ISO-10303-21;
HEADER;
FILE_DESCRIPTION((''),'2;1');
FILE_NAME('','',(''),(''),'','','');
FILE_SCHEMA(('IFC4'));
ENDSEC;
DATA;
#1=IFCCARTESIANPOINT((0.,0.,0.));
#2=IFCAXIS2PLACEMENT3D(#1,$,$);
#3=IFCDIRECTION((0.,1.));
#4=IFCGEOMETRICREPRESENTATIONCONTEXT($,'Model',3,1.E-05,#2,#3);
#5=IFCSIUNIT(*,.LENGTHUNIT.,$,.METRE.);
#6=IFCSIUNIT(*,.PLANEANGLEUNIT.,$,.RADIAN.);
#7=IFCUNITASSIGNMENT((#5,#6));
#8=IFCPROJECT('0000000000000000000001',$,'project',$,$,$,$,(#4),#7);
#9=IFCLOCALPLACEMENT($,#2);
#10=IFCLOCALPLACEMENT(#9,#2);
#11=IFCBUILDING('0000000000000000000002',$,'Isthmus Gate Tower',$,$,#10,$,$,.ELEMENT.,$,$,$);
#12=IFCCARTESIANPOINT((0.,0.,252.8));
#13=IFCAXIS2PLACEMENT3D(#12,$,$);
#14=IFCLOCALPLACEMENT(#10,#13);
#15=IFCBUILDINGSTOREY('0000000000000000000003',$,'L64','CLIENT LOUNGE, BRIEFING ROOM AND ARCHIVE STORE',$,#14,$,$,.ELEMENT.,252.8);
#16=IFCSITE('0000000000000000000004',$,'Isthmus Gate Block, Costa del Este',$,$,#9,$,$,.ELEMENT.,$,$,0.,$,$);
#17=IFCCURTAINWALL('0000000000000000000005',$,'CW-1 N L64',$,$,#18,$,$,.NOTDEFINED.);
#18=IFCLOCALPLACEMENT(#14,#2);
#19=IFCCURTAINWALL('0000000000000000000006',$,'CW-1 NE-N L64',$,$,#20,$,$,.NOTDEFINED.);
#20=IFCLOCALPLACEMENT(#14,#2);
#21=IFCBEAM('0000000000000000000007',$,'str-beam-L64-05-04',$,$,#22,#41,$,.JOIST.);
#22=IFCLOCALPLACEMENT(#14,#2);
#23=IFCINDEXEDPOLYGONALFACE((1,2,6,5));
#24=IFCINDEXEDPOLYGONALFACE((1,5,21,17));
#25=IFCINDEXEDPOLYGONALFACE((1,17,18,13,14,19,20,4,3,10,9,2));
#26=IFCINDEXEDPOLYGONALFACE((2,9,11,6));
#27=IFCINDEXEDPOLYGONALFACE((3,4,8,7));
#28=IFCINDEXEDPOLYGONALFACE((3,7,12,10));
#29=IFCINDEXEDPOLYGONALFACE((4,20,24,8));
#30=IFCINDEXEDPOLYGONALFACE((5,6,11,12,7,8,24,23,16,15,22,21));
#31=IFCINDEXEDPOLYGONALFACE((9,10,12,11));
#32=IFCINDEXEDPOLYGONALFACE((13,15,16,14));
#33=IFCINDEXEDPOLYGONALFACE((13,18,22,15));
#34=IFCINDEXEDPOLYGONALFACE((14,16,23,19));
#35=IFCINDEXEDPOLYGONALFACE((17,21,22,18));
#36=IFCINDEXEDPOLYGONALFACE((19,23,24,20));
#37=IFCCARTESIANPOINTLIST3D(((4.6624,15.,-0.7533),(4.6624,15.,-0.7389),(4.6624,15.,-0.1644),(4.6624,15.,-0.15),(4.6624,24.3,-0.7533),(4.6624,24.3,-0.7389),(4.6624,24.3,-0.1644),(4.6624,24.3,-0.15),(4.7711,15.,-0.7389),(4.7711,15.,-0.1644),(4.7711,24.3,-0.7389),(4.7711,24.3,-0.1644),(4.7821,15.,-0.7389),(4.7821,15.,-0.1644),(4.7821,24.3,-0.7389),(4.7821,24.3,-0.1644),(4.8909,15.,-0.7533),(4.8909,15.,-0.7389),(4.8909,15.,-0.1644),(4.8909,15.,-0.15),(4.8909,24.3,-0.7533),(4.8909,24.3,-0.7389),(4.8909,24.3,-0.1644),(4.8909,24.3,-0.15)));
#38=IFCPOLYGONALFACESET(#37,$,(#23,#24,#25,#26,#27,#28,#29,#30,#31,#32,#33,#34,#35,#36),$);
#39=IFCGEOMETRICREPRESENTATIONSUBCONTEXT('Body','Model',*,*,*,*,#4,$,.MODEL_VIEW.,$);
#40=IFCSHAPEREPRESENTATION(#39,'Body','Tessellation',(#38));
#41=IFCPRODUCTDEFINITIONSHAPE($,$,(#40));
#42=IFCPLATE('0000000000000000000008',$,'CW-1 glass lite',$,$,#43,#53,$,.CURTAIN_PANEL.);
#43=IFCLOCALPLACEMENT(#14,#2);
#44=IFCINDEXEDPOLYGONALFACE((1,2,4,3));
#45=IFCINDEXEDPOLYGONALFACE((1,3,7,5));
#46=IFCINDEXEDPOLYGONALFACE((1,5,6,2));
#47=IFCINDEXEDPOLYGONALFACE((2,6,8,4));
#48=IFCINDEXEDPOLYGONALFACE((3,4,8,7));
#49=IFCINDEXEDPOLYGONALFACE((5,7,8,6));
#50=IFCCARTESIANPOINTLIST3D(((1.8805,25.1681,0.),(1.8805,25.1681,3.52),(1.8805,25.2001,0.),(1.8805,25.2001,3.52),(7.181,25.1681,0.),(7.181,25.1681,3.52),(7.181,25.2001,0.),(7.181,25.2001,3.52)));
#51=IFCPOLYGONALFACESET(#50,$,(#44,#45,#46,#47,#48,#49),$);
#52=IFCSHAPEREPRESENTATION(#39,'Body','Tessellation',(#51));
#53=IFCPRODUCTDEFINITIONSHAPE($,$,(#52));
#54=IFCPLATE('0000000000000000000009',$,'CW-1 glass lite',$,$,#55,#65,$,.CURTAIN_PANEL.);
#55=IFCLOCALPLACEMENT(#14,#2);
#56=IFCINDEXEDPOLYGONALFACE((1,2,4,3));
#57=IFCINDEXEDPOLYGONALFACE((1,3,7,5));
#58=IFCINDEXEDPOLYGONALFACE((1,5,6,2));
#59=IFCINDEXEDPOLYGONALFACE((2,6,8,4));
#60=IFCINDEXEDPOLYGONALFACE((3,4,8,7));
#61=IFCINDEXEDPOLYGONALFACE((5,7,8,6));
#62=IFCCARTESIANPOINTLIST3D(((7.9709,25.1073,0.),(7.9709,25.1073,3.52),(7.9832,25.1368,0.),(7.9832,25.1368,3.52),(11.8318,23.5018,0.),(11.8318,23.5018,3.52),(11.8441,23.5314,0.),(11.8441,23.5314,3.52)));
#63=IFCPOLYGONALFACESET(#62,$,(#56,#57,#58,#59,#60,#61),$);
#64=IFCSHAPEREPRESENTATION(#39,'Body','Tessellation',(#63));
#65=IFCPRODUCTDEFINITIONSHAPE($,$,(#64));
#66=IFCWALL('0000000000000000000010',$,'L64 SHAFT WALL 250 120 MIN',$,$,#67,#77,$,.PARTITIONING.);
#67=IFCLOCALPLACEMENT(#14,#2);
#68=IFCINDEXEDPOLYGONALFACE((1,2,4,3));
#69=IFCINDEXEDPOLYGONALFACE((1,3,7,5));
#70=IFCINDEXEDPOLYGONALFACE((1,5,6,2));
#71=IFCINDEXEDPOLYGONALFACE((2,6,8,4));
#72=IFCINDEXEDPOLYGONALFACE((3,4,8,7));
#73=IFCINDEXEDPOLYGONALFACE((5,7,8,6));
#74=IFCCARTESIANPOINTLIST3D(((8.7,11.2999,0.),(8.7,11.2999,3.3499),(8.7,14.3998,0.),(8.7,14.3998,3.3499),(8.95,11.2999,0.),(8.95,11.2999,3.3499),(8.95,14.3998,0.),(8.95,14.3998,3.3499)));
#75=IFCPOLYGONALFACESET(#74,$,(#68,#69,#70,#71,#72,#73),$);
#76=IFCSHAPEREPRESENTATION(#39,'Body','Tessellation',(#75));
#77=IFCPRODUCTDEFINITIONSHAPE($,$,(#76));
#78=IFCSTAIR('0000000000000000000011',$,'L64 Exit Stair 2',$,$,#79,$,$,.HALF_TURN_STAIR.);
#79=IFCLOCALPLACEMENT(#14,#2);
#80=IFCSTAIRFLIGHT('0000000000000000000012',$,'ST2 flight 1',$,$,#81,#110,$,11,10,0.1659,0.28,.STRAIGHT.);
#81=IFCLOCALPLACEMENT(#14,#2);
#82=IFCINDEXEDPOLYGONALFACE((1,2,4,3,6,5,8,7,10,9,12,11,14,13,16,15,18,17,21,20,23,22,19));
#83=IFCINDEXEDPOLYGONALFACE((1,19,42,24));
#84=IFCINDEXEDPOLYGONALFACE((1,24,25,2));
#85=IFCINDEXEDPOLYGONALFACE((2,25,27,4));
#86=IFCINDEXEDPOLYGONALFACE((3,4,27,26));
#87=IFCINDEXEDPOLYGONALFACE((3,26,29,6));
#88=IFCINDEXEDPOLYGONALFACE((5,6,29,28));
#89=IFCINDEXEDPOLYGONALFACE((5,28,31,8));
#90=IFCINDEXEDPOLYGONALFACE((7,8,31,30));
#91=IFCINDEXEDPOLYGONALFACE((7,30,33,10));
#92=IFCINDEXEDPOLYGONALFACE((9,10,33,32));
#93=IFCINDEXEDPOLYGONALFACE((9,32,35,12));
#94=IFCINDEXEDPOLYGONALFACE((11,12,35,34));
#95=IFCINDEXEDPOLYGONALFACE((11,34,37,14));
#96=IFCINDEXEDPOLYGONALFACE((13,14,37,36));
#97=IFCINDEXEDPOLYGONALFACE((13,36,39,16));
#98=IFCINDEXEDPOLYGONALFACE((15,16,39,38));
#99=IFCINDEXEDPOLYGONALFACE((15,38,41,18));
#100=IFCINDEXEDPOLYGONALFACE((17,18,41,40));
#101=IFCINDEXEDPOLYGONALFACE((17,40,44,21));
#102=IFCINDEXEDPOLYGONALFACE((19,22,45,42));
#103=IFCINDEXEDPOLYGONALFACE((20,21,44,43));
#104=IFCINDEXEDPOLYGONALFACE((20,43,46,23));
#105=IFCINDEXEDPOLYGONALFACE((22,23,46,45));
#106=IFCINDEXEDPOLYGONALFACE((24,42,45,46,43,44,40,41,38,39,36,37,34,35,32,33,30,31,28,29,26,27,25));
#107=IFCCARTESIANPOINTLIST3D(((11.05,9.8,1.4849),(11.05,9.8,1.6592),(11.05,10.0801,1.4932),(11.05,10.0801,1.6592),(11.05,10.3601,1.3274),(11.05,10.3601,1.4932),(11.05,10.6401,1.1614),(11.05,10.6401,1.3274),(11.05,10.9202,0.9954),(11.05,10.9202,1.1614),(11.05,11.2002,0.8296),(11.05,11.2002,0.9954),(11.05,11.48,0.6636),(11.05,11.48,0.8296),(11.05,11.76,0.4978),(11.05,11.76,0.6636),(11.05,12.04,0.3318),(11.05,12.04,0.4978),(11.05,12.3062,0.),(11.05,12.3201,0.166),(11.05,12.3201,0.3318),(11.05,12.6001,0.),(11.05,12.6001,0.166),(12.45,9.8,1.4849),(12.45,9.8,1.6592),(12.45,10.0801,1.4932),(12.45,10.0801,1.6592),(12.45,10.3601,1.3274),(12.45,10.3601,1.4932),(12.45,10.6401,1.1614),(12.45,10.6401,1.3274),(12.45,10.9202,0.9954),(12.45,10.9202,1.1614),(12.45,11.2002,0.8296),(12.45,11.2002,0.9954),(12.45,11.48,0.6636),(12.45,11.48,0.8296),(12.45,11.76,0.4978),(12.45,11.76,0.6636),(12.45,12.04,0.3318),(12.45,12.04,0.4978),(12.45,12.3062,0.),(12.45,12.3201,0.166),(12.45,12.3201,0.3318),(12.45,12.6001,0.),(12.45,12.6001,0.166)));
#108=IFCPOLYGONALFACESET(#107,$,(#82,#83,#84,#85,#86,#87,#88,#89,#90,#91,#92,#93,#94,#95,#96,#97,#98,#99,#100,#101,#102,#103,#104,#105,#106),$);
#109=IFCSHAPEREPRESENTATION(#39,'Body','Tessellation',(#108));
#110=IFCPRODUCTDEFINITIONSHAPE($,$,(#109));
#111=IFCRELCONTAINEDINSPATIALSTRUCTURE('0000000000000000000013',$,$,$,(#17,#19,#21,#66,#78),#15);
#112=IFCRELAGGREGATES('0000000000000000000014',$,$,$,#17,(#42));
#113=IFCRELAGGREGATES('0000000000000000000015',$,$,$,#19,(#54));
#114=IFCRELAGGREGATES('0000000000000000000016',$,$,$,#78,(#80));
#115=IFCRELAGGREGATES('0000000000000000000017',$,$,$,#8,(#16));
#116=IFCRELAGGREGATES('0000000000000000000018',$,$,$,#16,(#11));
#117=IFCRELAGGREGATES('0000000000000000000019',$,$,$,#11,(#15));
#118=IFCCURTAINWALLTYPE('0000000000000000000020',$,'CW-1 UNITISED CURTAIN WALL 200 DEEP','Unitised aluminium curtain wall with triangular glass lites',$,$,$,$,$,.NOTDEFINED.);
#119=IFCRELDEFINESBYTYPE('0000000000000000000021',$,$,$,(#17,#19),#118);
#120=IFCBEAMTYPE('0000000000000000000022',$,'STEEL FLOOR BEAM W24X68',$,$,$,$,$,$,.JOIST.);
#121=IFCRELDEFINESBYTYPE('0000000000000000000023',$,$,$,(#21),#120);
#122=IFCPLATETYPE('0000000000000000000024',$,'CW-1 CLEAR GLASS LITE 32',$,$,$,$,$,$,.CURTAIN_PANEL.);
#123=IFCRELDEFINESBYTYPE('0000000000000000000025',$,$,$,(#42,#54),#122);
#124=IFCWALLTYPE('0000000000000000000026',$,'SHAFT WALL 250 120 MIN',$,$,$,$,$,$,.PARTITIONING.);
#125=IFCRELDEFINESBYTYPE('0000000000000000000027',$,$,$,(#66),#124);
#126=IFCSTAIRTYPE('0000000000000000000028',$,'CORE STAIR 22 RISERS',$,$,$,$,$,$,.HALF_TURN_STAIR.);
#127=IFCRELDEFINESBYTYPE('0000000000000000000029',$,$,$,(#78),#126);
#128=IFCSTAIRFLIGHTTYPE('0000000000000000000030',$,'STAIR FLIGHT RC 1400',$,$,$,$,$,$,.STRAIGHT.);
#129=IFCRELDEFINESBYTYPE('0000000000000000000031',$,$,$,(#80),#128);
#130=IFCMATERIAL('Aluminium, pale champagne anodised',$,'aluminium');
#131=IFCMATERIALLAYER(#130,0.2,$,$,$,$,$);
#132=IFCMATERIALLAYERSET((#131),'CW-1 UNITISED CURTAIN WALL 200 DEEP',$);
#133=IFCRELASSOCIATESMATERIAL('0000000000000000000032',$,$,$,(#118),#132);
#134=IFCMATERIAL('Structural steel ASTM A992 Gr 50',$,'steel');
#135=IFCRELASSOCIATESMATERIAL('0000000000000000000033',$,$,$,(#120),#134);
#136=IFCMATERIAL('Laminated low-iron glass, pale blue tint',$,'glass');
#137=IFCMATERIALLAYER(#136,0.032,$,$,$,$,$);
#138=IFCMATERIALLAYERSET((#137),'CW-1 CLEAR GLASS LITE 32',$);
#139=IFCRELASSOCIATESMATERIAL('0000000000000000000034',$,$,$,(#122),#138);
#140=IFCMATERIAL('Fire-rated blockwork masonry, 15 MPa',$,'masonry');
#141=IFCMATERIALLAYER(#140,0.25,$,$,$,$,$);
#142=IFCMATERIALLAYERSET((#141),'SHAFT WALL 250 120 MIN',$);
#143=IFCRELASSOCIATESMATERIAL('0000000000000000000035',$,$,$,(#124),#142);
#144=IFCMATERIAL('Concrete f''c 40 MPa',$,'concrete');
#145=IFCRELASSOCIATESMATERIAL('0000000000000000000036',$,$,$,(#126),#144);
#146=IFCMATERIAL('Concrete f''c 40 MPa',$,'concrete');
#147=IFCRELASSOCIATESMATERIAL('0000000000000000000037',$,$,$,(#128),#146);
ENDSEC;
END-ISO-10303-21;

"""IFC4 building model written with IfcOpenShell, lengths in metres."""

from ifc_helpers import new_model, si_unit, direction, frame, frame_2d, origin, origin_2d, place, context, subcontext, project, spatial, polyline, rectangle, i_section, outline, extrude, material, layer, layer_set, material_profile, profile_set, type_object, element, aggregate, save


model = new_model("IFC4")

# Units and contexts
model_context = context("Model", 3, precision=1e-05, world=origin(), true_north=direction((0.0, 1.0)))
body_context = subcontext(model_context, "Body", "Model", "MODEL_VIEW")
ifc_project = project(units=[si_unit("LENGTHUNIT", "METRE"), si_unit("PLANEANGLEUNIT", "RADIAN")], contexts=[model_context])

# Site, building, storey
site_placement = place(None, origin())
site = spatial("IfcSite", under=ifc_project, at=site_placement, Name="Isthmus Gate Block, Costa del Este", CompositionType="ELEMENT", RefElevation=0.0)
building_placement = place(site_placement, origin())
building = spatial("IfcBuilding", under=site, at=building_placement, Name="Isthmus Gate Tower", CompositionType="ELEMENT")
storey_placement = place(building_placement, frame((0.0, 0.0, 252.8)))
storey = spatial("IfcBuildingStorey", under=building, at=storey_placement, Name="L64", Description="CLIENT LOUNGE, BRIEFING ROOM AND ARCHIVE STORE", CompositionType="ELEMENT", Elevation=252.8)

# Curtain walls
ifc_material_1 = material(Name="Aluminium, pale champagne anodised", Category="aluminium")
ifc_layer_1 = layer(ifc_material_1, 0.2)
ifc_layer_set_1 = layer_set([ifc_layer_1], Name="CW-1 UNITISED CURTAIN WALL 200 DEEP")
curtain_wall_type = type_object("IfcCurtainWallType", Name="CW-1 UNITISED CURTAIN WALL 200 DEEP", Description="Unitised aluminium curtain wall with triangular glass lites", PredefinedType="NOTDEFINED", material=ifc_layer_set_1)
curtain_wall_1_placement = place(storey_placement, origin())
curtain_wall_1 = element("IfcCurtainWall", 1, at=curtain_wall_1_placement, inside=storey, type_object=curtain_wall_type, Name="CW-1 N L64", PredefinedType="NOTDEFINED")
curtain_wall_2_placement = place(storey_placement, origin())
curtain_wall_2 = element("IfcCurtainWall", 2, at=curtain_wall_2_placement, inside=storey, type_object=curtain_wall_type, Name="CW-1 NE-N L64", PredefinedType="NOTDEFINED")

# Beam
ifc_material_2 = material(Name="Structural steel ASTM A992 Gr 50", Category="steel")
ifc_material_profile_1 = material_profile(ifc_material_2, i_section(OverallWidth=0.2285, OverallDepth=0.6033, WebThickness=0.011, FlangeThickness=0.0144, at=origin_2d()), Name="W24X68")
ifc_profile_set_1 = profile_set([ifc_material_profile_1], Name="Structural steel ASTM A992 Gr 50")
beam_type_1 = type_object("IfcBeamType", Name="STEEL FLOOR BEAM W24X68", PredefinedType="JOIST", material=ifc_profile_set_1)
beam_1_placement = place(storey_placement, frame((4.7766, 15.0, -0.4517), z_axis=(0.0, 1.0, 0.0), x_axis=(-1.0, 0.0, 0.0)))
element("IfcBeam", 3, at=beam_1_placement, inside=storey, type_object=beam_type_1, Name="str-beam-L64-05-04", PredefinedType="JOIST", context=body_context, shape_type="SweptSolid", body=[
    extrude(i_section(OverallWidth=0.2285, OverallDepth=0.6033, WebThickness=0.011, FlangeThickness=0.0144, at=origin_2d()), origin(), (0.0, 0.0, 1.0), 9.3),
])

# Plates
ifc_material_3 = material(Name="Laminated low-iron glass, pale blue tint", Category="glass")
ifc_layer_2 = layer(ifc_material_3, 0.032)
ifc_layer_set_2 = layer_set([ifc_layer_2], Name="CW-1 CLEAR GLASS LITE 32")
plate_type = type_object("IfcPlateType", Name="CW-1 CLEAR GLASS LITE 32", PredefinedType="CURTAIN_PANEL", material=ifc_layer_set_2)
plate_1_placement = place(storey_placement, frame((4.5308, 25.1841, 0.0), z_axis=(0.0, 0.0, 1.0), x_axis=(-1.0, 0.0, 0.0)))
plate_1 = element("IfcPlate", 4, at=plate_1_placement, type_object=plate_type, Name="CW-1 glass lite", PredefinedType="CURTAIN_PANEL", context=body_context, shape_type="SweptSolid", body=[
    extrude(rectangle(XDim=5.3005, YDim=0.032, at=origin_2d()), origin(), (0.0, 0.0, 1.0), 3.52),
])
aggregate(curtain_wall_1, [plate_1])
plate_2_placement = place(storey_placement, frame((9.9075, 24.3193, 0.0), z_axis=(0.0, 0.0, 1.0), x_axis=(-0.923353, 0.383952, 0.0)))
plate_2 = element("IfcPlate", 5, at=plate_2_placement, type_object=plate_type, Name="CW-1 glass lite", PredefinedType="CURTAIN_PANEL", context=body_context, shape_type="SweptSolid", body=[
    extrude(rectangle(XDim=4.1814, YDim=0.032, at=origin_2d()), origin(), (0.0, 0.0, 1.0), 3.52),
])
aggregate(curtain_wall_2, [plate_2])

# Wall
ifc_material_4 = material(Name="Fire-rated blockwork masonry, 15 MPa", Category="masonry")
ifc_layer_3 = layer(ifc_material_4, 0.25)
ifc_layer_set_3 = layer_set([ifc_layer_3], Name="SHAFT WALL 250 120 MIN")
wall_type = type_object("IfcWallType", Name="SHAFT WALL 250 120 MIN", PredefinedType="PARTITIONING", material=ifc_layer_set_3)
wall_placement = place(storey_placement, frame((8.825, 11.3, 0.0), z_axis=(0.0, 0.0, 1.0), x_axis=(0.0, 1.0, 0.0)))
element("IfcWall", 6, at=wall_placement, inside=storey, type_object=wall_type, Name="L64 SHAFT WALL 250 120 MIN", PredefinedType="PARTITIONING", context=body_context, shape_type="SweptSolid", body=[
    extrude(rectangle(XDim=3.0999, YDim=0.25, at=frame_2d((1.5498, 0.0))), origin(), (0.0, 0.0, 1.0), 3.3499),
])

# Stair, stair flight
ifc_material_5 = material(Name="Concrete f'c 40 MPa", Category="concrete")
stair_type = type_object("IfcStairType", Name="CORE STAIR 22 RISERS", PredefinedType="HALF_TURN_STAIR", material=ifc_material_5)
stair_placement = place(storey_placement, origin())
stair = element("IfcStair", 7, at=stair_placement, inside=storey, type_object=stair_type, Name="L64 Exit Stair 2", PredefinedType="HALF_TURN_STAIR")
ifc_material_6 = material(Name="Concrete f'c 40 MPa", Category="concrete")
stair_flight_type = type_object("IfcStairFlightType", Name="STAIR FLIGHT RC 1400", PredefinedType="STRAIGHT", material=ifc_material_6)
stair_flight_placement = place(storey_placement, frame((11.75, 12.6001, 0.0), z_axis=(0.0, 0.0, 1.0), x_axis=(0.0, -1.0, 0.0)))
stair_flight = element("IfcStairFlight", 8, at=stair_flight_placement, type_object=stair_flight_type, Name="ST2 flight 1", NumberOfRisers=11, NumberOfTreads=10, PredefinedType="STRAIGHT", RiserHeight=0.1659, TreadLength=0.28, context=body_context, shape_type="SweptSolid", body=[
    extrude(outline(polyline([(0.0, 0.0), (0.0, 0.166), (0.28, 0.166), (0.28, 0.3318), (0.5601, 0.3318), (0.5601, 0.4978), (0.8401, 0.4978), (0.8401, 0.6636), (1.1201, 0.6636), (1.1201, 0.8296), (1.3999, 0.8296), (1.3999, 0.9954), (1.6799, 0.9954), (1.6799, 1.1614), (1.96, 1.1614), (1.96, 1.3274), (2.24, 1.3274), (2.24, 1.4932), (2.52, 1.4932), (2.52, 1.6592), (2.8, 1.6592), (2.8, 1.825), (2.8, 1.4849), (0.2939, 0.0), (0.0, 0.0)])), frame((0.0, 0.7, 0.0), z_axis=(0.0, -1.0, 0.0), x_axis=(1.0, 0.0, 0.0)), (0.0, 0.0, 1.0), 1.3999),
])
aggregate(stair, [stair_flight])

save(model, "model.ifc")
